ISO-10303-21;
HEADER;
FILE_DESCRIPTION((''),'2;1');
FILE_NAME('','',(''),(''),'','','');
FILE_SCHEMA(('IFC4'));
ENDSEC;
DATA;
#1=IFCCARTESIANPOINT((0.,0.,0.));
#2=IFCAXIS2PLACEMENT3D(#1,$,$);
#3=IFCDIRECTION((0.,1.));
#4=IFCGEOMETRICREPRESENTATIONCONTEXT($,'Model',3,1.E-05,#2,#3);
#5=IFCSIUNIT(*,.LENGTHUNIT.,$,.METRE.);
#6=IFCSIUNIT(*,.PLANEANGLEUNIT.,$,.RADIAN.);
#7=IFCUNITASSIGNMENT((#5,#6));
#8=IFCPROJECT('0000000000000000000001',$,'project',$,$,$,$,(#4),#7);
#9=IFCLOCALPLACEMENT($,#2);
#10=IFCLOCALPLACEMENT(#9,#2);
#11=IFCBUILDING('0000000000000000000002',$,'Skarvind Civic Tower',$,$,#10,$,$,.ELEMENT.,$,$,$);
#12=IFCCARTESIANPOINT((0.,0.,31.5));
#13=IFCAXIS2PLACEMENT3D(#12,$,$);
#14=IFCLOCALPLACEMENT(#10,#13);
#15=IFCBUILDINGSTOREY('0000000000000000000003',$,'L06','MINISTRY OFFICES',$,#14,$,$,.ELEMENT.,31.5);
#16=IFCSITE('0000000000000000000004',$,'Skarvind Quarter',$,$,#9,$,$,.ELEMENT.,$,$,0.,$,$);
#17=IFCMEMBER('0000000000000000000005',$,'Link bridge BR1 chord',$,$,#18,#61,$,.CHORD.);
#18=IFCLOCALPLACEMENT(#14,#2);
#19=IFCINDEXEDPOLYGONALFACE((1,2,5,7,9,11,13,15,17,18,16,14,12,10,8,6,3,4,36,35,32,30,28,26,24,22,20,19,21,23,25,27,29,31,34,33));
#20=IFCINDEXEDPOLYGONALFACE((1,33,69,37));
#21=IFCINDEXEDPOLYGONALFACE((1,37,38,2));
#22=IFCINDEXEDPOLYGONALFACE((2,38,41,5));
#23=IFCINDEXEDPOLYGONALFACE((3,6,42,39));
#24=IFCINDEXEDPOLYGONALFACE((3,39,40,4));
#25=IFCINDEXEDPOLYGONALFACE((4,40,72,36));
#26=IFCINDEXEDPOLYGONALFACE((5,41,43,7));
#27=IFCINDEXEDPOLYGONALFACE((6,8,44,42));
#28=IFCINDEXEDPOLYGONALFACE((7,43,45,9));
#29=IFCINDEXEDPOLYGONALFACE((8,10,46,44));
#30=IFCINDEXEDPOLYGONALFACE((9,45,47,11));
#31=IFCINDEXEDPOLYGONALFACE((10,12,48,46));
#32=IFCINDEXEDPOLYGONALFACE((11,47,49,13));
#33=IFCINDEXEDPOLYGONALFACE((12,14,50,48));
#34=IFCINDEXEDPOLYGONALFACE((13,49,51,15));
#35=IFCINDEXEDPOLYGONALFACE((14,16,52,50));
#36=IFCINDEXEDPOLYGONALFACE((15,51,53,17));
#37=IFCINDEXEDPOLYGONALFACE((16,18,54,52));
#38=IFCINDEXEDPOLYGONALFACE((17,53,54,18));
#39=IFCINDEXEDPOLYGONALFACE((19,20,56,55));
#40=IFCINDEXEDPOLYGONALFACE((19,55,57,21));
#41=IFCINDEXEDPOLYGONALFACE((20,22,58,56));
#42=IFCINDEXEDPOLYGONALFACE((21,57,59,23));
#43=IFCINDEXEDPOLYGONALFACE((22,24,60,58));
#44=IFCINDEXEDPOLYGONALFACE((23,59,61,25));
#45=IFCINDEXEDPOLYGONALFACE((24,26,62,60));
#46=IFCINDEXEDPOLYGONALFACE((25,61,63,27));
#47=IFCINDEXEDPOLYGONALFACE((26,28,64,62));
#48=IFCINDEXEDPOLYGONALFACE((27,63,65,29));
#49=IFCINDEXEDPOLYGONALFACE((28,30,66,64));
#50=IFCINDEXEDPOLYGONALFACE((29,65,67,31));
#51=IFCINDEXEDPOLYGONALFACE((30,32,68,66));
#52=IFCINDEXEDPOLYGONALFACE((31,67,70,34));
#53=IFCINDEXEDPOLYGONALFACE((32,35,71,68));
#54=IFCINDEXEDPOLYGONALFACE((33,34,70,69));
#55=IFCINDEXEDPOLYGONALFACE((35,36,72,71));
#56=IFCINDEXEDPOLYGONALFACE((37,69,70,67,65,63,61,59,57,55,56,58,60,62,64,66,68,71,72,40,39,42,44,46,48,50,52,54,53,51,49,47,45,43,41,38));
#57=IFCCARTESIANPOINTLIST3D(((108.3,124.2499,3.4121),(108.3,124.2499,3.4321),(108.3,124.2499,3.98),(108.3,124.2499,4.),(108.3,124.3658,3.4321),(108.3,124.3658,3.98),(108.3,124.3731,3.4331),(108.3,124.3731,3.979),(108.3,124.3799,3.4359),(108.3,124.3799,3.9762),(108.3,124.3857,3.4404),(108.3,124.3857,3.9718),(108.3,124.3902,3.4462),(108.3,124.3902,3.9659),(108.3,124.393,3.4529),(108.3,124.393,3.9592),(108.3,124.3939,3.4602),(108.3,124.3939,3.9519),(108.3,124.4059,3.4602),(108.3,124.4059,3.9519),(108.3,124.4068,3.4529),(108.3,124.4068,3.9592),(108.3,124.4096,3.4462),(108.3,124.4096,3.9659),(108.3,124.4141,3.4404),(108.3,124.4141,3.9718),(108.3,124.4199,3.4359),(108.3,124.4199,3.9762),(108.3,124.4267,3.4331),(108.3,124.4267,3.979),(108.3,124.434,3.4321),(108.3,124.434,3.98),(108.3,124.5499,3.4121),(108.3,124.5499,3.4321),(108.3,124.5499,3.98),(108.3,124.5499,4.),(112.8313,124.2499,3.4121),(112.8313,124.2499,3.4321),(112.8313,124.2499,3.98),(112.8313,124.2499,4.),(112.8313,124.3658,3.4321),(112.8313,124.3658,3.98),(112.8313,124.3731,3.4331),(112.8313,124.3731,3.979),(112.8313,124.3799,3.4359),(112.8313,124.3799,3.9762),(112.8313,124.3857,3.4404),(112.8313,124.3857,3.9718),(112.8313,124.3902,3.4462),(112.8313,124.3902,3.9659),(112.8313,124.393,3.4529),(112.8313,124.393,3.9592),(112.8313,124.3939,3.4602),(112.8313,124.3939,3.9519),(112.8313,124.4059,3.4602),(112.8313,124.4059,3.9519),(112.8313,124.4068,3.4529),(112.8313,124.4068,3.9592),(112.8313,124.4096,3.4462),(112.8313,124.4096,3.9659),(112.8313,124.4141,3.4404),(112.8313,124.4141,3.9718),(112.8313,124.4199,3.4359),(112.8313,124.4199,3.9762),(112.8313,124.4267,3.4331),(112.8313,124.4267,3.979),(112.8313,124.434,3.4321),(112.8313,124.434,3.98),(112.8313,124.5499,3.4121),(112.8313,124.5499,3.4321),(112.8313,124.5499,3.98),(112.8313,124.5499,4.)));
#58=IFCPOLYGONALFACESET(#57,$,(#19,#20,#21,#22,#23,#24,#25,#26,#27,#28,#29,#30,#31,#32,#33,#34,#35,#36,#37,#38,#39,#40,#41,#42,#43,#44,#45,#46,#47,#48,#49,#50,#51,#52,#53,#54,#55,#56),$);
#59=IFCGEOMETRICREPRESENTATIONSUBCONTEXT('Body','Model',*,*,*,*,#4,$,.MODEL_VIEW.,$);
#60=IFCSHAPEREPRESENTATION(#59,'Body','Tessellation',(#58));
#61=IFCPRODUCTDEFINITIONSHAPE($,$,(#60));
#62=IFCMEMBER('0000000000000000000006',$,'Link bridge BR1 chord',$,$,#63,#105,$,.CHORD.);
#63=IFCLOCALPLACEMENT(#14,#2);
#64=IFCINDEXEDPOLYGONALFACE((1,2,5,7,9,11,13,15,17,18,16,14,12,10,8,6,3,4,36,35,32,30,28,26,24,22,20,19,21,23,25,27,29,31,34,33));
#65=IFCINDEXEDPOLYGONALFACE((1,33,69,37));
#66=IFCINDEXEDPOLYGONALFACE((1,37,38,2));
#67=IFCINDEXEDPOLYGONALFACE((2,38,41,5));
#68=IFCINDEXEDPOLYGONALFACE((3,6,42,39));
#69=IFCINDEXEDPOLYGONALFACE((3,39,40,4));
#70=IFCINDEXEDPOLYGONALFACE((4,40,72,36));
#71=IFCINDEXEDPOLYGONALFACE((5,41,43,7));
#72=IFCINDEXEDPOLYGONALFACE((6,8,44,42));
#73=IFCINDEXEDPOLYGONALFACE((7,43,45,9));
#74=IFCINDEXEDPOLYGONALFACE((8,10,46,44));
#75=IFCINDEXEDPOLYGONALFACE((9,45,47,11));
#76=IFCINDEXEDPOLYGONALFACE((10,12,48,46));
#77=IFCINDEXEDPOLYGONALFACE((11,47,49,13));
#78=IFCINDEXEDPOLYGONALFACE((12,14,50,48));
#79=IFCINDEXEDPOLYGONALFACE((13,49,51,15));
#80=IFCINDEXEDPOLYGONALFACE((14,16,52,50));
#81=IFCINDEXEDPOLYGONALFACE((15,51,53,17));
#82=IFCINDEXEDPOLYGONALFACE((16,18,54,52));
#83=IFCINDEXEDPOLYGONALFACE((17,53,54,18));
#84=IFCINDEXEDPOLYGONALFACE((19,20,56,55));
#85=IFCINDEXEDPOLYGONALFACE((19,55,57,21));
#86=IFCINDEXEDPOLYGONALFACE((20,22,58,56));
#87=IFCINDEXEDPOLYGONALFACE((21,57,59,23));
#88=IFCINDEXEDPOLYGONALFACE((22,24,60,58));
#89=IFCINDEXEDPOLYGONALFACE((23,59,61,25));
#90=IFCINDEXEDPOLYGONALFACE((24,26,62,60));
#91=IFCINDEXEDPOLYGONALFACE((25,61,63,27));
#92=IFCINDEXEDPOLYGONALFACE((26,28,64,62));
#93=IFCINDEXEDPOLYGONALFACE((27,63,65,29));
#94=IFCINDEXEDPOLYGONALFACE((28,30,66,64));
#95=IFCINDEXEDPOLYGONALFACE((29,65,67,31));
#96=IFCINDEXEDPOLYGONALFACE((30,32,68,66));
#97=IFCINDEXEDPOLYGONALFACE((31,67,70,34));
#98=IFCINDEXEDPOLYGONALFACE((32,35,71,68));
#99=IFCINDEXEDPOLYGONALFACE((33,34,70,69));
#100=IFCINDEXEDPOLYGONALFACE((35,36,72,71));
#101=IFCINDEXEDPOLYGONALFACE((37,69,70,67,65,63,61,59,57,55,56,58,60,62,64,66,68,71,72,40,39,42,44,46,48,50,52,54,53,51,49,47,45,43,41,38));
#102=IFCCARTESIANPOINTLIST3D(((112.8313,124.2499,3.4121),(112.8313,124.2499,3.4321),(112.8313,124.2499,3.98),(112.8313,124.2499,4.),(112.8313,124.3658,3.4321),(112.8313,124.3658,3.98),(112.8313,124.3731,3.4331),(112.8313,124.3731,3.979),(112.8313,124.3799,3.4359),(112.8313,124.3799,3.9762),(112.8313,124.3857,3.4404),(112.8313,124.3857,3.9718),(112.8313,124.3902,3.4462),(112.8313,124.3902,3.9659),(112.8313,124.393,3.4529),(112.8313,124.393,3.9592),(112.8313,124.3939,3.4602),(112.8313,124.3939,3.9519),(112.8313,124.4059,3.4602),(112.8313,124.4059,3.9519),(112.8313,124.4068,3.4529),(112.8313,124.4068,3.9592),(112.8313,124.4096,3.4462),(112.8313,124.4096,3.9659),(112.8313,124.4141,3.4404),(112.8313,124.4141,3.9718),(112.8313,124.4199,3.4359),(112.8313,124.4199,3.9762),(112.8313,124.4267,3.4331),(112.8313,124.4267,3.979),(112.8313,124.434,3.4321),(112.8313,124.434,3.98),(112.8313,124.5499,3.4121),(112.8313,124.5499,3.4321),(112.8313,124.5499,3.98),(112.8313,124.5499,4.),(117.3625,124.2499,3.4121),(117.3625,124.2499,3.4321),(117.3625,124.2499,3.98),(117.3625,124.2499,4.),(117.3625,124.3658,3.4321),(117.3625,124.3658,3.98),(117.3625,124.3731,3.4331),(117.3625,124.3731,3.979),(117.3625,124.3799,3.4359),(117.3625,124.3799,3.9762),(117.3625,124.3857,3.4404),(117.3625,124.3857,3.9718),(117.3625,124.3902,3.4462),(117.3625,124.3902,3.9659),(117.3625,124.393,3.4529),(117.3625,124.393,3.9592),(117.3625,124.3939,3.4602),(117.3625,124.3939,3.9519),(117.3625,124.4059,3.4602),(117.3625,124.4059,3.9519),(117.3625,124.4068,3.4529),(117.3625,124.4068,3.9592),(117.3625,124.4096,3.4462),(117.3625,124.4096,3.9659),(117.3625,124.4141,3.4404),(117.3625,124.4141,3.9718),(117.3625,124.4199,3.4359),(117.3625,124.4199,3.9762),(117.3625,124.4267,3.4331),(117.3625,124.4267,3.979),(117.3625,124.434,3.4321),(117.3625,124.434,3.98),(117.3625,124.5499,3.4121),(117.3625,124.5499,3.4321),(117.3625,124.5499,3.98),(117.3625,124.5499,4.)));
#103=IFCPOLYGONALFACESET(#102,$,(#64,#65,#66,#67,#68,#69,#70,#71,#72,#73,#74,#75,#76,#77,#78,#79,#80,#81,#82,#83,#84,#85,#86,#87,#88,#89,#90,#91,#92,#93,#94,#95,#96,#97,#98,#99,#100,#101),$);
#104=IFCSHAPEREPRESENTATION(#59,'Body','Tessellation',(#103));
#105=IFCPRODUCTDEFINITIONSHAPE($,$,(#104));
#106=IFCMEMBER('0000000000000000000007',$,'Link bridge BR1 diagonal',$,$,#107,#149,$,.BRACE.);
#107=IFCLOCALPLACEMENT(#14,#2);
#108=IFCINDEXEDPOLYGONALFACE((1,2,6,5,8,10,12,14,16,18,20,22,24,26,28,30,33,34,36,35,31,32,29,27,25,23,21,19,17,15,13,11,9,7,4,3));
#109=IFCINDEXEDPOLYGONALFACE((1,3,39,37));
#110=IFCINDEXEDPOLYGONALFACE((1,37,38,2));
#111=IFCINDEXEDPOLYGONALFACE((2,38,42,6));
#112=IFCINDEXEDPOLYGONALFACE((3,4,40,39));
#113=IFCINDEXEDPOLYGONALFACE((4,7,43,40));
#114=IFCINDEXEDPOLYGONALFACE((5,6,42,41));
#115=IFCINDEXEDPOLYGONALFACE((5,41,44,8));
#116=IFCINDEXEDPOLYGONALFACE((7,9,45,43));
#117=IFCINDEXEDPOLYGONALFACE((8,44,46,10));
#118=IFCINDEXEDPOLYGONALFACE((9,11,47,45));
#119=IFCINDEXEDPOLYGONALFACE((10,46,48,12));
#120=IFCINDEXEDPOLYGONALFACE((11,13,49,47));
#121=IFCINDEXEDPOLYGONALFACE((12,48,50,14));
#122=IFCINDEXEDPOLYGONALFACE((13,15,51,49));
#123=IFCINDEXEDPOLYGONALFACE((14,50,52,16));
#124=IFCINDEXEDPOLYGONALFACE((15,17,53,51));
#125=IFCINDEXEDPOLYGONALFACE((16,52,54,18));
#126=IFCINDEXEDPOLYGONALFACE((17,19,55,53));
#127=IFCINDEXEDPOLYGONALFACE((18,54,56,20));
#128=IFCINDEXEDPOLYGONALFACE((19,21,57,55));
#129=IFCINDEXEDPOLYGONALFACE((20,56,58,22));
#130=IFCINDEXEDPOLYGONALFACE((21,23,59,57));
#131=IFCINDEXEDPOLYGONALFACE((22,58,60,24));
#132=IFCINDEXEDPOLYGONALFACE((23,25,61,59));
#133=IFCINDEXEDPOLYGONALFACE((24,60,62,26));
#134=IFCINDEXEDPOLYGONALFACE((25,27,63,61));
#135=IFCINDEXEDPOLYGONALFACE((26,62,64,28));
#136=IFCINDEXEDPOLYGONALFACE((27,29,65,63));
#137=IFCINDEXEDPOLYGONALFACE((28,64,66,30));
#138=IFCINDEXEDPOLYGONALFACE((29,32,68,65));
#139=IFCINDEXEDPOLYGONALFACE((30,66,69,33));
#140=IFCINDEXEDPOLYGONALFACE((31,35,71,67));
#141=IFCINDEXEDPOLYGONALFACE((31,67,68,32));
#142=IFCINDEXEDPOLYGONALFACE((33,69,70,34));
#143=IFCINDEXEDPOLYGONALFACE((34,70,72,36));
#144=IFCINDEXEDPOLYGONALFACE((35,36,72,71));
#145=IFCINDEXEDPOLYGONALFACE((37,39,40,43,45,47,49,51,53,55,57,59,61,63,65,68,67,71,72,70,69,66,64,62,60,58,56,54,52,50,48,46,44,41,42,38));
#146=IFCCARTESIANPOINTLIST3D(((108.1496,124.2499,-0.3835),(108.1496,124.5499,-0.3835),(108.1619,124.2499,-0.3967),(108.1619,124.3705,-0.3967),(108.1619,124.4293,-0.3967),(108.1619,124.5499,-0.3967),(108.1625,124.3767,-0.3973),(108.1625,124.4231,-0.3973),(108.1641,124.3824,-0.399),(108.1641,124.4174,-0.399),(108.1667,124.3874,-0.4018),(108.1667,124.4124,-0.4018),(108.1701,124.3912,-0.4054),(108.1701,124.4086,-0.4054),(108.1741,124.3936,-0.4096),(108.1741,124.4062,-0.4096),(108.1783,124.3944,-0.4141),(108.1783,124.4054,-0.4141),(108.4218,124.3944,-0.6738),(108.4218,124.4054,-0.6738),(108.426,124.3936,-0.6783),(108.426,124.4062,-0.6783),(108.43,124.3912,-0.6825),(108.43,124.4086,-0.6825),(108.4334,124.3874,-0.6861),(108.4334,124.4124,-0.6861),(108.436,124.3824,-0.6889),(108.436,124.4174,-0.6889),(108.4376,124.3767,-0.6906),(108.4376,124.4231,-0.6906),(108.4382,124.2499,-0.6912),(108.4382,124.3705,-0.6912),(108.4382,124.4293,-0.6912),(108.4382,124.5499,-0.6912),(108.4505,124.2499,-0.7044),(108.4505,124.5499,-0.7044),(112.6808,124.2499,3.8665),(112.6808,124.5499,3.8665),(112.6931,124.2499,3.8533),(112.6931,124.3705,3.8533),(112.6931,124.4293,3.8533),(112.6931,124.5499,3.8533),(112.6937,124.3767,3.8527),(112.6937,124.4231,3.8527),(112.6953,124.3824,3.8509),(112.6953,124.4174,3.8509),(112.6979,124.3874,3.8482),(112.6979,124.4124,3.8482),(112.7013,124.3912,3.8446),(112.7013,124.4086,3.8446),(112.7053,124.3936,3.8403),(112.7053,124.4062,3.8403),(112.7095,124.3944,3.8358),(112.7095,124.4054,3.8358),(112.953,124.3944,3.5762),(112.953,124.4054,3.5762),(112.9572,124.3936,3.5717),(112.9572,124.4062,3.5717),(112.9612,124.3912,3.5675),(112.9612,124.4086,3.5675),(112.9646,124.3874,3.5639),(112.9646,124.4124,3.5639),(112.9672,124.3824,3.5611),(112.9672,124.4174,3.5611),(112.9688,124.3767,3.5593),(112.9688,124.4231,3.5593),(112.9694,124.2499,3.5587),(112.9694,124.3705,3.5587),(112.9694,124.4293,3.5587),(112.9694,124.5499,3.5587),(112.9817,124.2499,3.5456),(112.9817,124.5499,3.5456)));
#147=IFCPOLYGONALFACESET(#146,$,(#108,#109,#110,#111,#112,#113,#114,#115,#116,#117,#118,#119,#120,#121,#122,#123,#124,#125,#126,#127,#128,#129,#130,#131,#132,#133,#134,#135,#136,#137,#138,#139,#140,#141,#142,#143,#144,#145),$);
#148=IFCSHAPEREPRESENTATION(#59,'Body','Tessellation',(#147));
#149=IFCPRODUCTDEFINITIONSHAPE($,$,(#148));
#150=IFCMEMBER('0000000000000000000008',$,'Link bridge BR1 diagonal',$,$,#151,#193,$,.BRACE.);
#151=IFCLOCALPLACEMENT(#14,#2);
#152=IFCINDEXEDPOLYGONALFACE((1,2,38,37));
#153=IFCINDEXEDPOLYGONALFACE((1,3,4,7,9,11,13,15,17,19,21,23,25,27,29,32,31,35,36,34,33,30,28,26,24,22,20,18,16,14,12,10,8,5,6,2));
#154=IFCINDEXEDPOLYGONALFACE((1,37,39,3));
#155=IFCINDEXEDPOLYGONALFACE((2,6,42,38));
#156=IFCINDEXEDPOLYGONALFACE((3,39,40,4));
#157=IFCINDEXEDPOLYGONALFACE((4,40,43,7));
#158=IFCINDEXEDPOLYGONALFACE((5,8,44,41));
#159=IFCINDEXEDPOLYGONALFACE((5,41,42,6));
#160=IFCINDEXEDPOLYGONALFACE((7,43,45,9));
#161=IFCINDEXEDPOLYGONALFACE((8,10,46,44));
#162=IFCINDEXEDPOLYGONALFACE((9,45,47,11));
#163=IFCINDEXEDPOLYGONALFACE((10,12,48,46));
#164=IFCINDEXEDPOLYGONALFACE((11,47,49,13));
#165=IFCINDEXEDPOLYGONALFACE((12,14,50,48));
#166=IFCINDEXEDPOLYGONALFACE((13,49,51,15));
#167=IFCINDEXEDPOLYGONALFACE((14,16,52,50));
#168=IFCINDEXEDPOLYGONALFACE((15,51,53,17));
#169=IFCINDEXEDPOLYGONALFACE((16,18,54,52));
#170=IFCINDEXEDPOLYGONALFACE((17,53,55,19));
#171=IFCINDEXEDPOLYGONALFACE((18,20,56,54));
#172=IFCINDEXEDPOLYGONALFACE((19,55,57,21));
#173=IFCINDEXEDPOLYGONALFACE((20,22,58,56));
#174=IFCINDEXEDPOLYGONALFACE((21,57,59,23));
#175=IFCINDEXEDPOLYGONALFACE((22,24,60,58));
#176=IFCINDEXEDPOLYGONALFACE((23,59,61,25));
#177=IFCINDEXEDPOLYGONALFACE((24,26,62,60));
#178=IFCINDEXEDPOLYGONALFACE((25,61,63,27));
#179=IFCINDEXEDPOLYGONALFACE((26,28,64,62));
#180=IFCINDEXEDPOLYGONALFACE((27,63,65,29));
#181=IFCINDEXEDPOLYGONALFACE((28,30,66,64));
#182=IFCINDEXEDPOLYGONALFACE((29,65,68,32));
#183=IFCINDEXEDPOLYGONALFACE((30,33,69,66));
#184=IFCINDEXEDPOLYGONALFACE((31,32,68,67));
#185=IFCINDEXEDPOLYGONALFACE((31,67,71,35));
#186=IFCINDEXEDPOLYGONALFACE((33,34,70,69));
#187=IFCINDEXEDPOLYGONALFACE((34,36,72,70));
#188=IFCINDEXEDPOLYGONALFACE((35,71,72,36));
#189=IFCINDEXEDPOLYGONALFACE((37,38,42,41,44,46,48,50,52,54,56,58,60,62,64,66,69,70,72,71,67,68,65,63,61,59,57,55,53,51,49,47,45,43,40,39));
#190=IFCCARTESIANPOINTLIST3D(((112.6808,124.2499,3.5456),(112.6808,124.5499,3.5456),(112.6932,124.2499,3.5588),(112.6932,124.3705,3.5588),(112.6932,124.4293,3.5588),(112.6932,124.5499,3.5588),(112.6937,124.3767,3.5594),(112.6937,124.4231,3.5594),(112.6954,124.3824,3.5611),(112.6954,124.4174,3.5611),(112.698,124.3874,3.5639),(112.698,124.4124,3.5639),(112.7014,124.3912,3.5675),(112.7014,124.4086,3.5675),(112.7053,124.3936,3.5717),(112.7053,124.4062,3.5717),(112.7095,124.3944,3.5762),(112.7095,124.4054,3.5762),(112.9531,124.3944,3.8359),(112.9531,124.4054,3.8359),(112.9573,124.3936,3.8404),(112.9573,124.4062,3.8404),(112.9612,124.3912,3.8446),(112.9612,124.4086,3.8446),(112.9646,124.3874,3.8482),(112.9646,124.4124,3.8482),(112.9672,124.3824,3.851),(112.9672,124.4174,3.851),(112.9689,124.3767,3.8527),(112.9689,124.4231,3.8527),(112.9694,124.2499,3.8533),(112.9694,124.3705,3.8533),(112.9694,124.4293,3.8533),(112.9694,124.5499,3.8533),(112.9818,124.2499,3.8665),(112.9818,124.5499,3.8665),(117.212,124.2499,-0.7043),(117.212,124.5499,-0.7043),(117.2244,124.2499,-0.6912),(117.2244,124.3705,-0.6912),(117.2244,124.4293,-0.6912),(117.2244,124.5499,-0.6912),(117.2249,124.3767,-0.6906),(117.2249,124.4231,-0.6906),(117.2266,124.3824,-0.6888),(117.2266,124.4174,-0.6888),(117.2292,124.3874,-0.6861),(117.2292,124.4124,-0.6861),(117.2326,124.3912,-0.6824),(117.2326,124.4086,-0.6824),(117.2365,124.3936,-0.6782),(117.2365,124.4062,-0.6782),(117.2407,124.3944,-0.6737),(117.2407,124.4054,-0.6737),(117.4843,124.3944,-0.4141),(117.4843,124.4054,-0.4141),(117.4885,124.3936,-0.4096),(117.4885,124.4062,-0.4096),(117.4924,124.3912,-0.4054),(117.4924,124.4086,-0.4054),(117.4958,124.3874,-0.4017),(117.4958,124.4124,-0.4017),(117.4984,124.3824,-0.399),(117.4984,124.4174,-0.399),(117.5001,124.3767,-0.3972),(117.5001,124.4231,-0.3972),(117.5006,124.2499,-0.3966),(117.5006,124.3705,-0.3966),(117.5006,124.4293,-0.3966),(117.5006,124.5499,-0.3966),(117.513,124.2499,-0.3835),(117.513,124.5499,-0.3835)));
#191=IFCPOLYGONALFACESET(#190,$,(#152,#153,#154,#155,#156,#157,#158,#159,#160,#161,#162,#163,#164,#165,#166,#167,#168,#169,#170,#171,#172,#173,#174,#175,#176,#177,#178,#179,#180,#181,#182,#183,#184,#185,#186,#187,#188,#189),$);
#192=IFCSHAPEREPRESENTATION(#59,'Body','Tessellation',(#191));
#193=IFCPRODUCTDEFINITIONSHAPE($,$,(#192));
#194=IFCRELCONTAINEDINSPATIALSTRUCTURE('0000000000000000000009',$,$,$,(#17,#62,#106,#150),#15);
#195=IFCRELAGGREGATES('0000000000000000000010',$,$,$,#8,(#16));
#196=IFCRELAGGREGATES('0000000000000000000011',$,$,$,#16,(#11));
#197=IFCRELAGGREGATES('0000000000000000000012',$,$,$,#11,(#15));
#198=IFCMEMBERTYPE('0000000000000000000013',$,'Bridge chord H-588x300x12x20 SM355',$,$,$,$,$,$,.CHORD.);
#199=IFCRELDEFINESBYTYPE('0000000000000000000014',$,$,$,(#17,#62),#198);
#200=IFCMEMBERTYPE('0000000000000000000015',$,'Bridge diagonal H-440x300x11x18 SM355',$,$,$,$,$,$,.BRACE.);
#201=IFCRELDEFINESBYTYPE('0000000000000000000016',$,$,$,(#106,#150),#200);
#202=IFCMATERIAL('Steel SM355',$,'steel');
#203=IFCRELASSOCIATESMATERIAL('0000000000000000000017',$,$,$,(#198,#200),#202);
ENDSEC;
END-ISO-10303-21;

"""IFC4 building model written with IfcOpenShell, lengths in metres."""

from ifc_helpers import new_model, si_unit, direction, frame, origin, origin_2d, place, context, subcontext, project, spatial, i_section, extrude, material, material_profile, profile_set, type_object, element, save


model = new_model("IFC4")

# Units and contexts
model_context = context("Model", 3, precision=1e-05, world=origin(), true_north=direction((0.0, 1.0)))
body_context = subcontext(model_context, "Body", "Model", "MODEL_VIEW")
ifc_project = project(units=[si_unit("LENGTHUNIT", "METRE"), si_unit("PLANEANGLEUNIT", "RADIAN")], contexts=[model_context])

# Site, building, storey
site_placement = place(None, origin())
site = spatial("IfcSite", under=ifc_project, at=site_placement, Name="Skarvind Quarter", CompositionType="ELEMENT", RefElevation=0.0)
building_placement = place(site_placement, origin())
building = spatial("IfcBuilding", under=site, at=building_placement, Name="Skarvind Civic Tower", CompositionType="ELEMENT")
storey_placement = place(building_placement, frame((0.0, 0.0, 31.5)))
storey = spatial("IfcBuildingStorey", under=building, at=storey_placement, Name="L06", Description="MINISTRY OFFICES", CompositionType="ELEMENT", Elevation=31.5)

# Members
ifc_material_1 = material(Name="Steel SM355", Category="steel")
ifc_material_profile_1 = material_profile(ifc_material_1, i_section(OverallWidth=0.3, OverallDepth=0.5879, WebThickness=0.012, FlangeThickness=0.02, FilletRadius=0.0281, at=origin_2d()), Name="H-588x300x12x20")
ifc_profile_set_1 = profile_set([ifc_material_profile_1], Name="Steel SM355")
member_type_1 = type_object("IfcMemberType", Name="Bridge chord H-588x300x12x20 SM355", PredefinedType="CHORD", material=ifc_profile_set_1)
for number, where, z_axis, x_axis, name in (
    (1, (108.3, 124.3999, 3.7061), (1.0, 0.0, 0.0), (0.0, 1.0, 0.0), "Link bridge BR1 chord"),
    (2, (112.8313, 124.3999, 3.7061), (1.0, 0.0, 0.0), (0.0, 1.0, 0.0), "Link bridge BR1 chord"),
):
    element("IfcMember", number, at=place(storey_placement, frame(where, z_axis=z_axis, x_axis=x_axis)), inside=storey, type_object=member_type_1, Name=name, PredefinedType="CHORD", context=body_context, shape_type="SweptSolid", body=[
        extrude(i_section(OverallWidth=0.3, OverallDepth=0.5879, WebThickness=0.012, FlangeThickness=0.02, FilletRadius=0.0281, at=origin_2d()), origin(), (0.0, 0.0, 1.0), 4.5312),
    ])
ifc_material_profile_2 = material_profile(ifc_material_1, i_section(OverallWidth=0.3, OverallDepth=0.4399, WebThickness=0.011, FlangeThickness=0.0181, FilletRadius=0.0239, at=origin_2d()), Name="H-440x300x11x18")
ifc_profile_set_2 = profile_set([ifc_material_profile_2], Name="Steel SM355")
member_type_2 = type_object("IfcMemberType", Name="Bridge diagonal H-440x300x11x18 SM355", PredefinedType="BRACE", material=ifc_profile_set_2)
for number, where, z_axis, x_axis, name in (
    (3, (108.3, 124.3999, -0.5439), (0.72938, 0.0, 0.684108), (0.0, 1.0, 0.0), "Link bridge BR1 diagonal"),
    (4, (112.8313, 124.3999, 3.7061), (0.72938, 0.0, -0.684108), (0.0, 1.0, 0.0), "Link bridge BR1 diagonal"),
):
    element("IfcMember", number, at=place(storey_placement, frame(where, z_axis=z_axis, x_axis=x_axis)), inside=storey, type_object=member_type_2, Name=name, PredefinedType="BRACE", context=body_context, shape_type="SweptSolid", body=[
        extrude(i_section(OverallWidth=0.3, OverallDepth=0.4399, WebThickness=0.011, FlangeThickness=0.0181, FilletRadius=0.0239, at=origin_2d()), origin(), (0.0, 0.0, 1.0), 6.2124),
    ])

save(model, "model.ifc")
